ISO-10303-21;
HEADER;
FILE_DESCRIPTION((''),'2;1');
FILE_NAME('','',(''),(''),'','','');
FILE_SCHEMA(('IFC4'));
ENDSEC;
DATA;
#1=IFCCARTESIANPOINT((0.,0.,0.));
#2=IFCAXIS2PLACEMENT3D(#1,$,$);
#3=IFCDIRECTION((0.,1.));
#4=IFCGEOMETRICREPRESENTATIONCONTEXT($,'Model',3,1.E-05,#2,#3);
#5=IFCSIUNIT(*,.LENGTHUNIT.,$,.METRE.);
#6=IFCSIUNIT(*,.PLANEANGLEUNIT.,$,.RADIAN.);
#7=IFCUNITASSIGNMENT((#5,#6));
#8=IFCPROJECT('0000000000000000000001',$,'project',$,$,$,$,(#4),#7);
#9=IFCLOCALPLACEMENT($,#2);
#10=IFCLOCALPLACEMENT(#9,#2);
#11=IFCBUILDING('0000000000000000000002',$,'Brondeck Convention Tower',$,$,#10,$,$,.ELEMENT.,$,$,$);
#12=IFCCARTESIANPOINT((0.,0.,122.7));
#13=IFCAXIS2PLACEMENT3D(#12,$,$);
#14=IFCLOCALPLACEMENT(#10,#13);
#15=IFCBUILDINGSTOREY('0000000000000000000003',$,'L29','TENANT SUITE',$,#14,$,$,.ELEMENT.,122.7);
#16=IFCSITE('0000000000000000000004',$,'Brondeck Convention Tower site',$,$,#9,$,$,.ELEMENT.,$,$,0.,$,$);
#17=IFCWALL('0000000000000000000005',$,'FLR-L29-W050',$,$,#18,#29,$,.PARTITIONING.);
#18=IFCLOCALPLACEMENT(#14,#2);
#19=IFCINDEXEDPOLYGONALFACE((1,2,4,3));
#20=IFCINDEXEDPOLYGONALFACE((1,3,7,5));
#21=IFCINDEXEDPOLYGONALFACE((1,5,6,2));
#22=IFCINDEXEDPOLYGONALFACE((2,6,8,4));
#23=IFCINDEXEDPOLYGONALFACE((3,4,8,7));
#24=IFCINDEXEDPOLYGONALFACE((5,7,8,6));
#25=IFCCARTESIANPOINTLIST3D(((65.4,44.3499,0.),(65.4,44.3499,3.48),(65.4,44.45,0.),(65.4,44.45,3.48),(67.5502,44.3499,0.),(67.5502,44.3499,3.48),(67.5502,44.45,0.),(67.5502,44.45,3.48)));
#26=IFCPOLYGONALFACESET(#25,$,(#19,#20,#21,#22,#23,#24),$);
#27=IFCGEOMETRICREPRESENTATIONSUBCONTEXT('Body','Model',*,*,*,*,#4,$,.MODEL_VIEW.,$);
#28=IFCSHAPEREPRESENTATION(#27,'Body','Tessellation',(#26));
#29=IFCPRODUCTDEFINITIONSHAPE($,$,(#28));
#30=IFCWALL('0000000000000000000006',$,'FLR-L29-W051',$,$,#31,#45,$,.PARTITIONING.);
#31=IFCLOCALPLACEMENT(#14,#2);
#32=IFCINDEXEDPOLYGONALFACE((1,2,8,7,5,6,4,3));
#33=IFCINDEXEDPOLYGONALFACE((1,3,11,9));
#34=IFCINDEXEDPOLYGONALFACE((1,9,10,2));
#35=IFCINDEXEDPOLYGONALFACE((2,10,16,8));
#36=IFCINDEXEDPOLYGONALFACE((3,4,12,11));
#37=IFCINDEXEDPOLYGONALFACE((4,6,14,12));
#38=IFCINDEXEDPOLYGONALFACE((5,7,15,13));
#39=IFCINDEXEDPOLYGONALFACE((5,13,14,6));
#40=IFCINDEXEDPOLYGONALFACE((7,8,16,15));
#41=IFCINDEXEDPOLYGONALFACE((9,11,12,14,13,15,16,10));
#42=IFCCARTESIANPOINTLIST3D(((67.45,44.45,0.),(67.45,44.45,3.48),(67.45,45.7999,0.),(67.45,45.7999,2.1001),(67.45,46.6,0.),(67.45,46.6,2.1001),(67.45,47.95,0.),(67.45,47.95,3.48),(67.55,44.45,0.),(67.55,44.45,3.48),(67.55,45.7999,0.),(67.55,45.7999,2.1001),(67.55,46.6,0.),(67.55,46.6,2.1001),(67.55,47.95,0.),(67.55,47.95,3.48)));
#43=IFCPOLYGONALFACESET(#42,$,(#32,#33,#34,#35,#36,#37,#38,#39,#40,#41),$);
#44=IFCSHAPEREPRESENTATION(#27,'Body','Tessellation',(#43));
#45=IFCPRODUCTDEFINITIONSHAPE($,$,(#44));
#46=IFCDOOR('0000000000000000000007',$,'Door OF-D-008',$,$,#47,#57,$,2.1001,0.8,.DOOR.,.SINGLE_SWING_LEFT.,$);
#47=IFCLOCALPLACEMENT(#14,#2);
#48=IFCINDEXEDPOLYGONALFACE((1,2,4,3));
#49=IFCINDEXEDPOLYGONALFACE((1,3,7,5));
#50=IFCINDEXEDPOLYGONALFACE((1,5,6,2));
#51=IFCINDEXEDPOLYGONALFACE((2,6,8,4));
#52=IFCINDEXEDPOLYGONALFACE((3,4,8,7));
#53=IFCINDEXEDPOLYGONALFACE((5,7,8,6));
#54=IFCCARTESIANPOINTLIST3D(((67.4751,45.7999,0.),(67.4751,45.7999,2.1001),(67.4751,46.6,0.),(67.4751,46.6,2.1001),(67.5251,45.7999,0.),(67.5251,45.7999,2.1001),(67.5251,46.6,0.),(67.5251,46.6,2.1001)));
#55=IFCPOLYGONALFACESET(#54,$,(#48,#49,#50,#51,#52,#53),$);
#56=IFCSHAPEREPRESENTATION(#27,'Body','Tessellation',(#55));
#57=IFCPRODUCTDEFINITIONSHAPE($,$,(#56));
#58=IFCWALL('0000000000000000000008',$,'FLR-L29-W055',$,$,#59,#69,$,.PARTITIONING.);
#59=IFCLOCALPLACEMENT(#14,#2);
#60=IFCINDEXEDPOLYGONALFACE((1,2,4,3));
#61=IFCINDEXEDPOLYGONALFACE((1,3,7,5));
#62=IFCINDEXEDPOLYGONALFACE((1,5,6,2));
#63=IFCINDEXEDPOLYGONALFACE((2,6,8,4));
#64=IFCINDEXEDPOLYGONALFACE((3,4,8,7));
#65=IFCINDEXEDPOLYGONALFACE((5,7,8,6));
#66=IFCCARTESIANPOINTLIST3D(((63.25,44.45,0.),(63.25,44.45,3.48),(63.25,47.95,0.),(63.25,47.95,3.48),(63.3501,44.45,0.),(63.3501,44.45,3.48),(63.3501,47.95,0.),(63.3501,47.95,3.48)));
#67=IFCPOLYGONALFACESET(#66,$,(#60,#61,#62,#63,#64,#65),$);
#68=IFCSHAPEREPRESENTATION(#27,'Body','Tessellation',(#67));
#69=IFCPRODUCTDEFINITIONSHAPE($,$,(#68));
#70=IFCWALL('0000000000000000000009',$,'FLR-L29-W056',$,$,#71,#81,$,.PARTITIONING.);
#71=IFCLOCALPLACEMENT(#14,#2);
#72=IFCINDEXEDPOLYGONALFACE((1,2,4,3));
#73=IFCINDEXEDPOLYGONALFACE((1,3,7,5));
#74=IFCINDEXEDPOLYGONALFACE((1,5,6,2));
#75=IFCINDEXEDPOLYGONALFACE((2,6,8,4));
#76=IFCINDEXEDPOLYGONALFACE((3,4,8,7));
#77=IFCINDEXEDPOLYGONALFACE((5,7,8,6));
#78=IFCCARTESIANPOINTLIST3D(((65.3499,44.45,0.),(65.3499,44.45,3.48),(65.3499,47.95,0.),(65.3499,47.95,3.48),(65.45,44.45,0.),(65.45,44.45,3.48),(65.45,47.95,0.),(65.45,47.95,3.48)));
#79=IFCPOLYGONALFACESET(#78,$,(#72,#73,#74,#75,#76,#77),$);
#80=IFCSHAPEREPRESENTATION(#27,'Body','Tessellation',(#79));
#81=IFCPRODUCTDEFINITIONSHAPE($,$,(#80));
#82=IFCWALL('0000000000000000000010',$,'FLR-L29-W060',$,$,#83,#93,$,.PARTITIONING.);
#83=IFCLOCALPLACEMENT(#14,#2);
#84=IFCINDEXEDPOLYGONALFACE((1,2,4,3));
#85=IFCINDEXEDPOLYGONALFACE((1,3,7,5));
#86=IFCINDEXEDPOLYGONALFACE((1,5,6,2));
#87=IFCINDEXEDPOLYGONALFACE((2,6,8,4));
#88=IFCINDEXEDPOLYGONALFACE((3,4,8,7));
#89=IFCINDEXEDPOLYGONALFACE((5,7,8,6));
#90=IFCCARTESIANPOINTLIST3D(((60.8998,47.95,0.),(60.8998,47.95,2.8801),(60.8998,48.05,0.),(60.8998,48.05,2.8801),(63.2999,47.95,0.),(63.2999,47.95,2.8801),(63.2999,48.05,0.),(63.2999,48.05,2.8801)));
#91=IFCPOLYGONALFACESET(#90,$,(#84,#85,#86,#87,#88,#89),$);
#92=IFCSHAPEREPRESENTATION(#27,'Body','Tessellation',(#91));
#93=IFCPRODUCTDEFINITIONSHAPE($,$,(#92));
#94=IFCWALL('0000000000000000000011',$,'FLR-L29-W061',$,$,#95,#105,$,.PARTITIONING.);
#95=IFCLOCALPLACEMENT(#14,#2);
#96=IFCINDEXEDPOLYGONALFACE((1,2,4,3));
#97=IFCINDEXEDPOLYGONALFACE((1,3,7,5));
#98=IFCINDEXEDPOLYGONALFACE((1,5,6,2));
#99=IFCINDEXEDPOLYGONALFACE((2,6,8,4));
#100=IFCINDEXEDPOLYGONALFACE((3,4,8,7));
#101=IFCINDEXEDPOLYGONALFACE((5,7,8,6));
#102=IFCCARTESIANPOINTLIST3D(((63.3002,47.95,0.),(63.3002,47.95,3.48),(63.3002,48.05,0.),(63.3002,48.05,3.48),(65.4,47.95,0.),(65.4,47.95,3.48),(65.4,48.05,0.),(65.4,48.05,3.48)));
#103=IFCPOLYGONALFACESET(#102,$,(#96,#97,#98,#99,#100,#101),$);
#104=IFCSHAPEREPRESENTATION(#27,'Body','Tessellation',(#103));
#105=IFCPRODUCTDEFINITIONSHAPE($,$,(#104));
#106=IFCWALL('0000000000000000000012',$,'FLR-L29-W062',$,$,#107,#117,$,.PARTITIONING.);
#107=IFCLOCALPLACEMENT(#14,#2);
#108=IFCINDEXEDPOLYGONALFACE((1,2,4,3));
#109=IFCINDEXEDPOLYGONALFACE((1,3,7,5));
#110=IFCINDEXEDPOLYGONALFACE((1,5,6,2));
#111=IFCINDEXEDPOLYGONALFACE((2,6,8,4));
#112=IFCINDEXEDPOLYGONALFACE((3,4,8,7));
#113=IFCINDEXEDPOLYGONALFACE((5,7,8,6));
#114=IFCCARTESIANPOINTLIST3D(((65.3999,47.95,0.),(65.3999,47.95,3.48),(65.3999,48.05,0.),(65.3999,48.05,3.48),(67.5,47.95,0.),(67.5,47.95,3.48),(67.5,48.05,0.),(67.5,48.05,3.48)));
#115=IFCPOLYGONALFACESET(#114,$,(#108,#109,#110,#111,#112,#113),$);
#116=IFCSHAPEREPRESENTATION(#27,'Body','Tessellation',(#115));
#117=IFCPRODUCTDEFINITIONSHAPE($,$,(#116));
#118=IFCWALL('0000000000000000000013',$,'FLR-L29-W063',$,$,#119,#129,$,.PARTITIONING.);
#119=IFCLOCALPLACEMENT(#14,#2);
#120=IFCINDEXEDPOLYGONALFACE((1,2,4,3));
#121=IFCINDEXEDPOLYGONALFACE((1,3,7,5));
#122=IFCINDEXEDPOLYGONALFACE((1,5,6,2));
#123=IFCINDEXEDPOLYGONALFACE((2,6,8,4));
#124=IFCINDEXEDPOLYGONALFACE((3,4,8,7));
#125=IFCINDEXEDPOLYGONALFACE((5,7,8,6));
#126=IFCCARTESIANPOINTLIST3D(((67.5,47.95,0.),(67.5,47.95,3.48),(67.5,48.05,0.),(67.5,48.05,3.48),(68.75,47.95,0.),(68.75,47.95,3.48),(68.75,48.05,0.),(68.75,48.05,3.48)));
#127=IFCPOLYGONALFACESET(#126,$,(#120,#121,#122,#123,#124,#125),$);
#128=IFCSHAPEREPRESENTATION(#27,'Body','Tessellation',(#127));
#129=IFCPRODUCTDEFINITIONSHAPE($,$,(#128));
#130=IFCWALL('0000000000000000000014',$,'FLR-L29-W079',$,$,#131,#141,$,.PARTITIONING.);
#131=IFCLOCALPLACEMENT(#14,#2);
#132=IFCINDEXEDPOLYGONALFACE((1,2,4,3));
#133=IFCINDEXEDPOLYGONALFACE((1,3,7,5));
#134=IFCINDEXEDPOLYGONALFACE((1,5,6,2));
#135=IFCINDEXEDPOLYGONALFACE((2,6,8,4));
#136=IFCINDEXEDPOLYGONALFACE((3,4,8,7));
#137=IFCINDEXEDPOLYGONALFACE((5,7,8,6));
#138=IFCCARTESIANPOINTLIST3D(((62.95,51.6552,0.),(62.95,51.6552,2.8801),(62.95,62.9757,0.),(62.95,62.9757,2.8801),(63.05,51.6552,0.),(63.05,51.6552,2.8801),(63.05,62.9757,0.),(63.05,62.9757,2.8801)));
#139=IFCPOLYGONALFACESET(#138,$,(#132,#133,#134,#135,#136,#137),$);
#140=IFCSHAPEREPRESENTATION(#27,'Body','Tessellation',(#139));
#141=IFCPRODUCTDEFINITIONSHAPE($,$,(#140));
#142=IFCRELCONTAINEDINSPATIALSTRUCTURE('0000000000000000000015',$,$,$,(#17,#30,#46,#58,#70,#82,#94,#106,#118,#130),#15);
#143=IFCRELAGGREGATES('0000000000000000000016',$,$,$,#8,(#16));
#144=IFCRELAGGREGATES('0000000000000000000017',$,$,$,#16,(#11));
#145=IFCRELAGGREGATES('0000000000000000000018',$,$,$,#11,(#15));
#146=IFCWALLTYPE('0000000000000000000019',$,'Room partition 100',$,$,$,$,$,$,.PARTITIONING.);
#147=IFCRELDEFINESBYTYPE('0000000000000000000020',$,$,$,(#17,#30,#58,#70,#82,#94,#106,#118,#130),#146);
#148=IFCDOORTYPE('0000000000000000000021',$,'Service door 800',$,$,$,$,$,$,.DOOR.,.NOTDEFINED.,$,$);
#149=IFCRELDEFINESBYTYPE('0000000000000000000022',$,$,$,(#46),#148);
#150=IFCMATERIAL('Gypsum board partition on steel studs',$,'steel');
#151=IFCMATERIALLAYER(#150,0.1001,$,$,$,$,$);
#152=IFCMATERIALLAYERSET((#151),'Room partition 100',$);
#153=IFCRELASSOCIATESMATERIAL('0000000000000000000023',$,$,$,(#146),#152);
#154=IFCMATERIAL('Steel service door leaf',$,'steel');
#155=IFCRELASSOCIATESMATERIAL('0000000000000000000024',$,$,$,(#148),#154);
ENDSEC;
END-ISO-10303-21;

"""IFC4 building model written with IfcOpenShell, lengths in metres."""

from ifc_helpers import new_model, si_unit, direction, frame, frame_2d, origin, place, context, subcontext, project, spatial, rectangle, extrude, material, layer, layer_set, type_object, element, fill, save


model = new_model("IFC4")

# Units and contexts
model_context = context("Model", 3, precision=1e-05, world=origin(), true_north=direction((0.0, 1.0)))
body_context = subcontext(model_context, "Body", "Model", "MODEL_VIEW")
ifc_project = project(units=[si_unit("LENGTHUNIT", "METRE"), si_unit("PLANEANGLEUNIT", "RADIAN")], contexts=[model_context])

# Site, building, storey
site_placement = place(None, origin())
site = spatial("IfcSite", under=ifc_project, at=site_placement, Name="Brondeck Convention Tower site", CompositionType="ELEMENT", RefElevation=0.0)
building_placement = place(site_placement, origin())
building = spatial("IfcBuilding", under=site, at=building_placement, Name="Brondeck Convention Tower", CompositionType="ELEMENT")
storey_placement = place(building_placement, frame((0.0, 0.0, 122.7)))
storey = spatial("IfcBuildingStorey", under=building, at=storey_placement, Name="L29", Description="TENANT SUITE", CompositionType="ELEMENT", Elevation=122.7)

# Wall
ifc_material_1 = material(Name="Gypsum board partition on steel studs", Category="steel")
ifc_layer_1 = layer(ifc_material_1, 0.1001)
ifc_layer_set_1 = layer_set([ifc_layer_1], Name="Room partition 100")
wall_type_1 = type_object("IfcWallType", Name="Room partition 100", PredefinedType="PARTITIONING", material=ifc_layer_set_1)
wall_1_placement = place(storey_placement, frame((65.3999, 44.3999, 0.0), z_axis=(0.0, 0.0, 1.0), x_axis=(1.0, 0.0, 0.0)))
element("IfcWall", 1, at=wall_1_placement, inside=storey, type_object=wall_type_1, Name="FLR-L29-W050", PredefinedType="PARTITIONING", context=body_context, shape_type="SweptSolid", body=[
    extrude(rectangle(XDim=2.1501, YDim=0.1001, at=frame_2d((1.0752, 0.0))), origin(), (0.0, 0.0, 1.0), 3.48),
])

# Wall, opening, door
wall_2_placement = place(storey_placement, frame((67.5, 44.45, 0.0), z_axis=(0.0, 0.0, 1.0), x_axis=(0.0, 1.0, 0.0)))
wall_2 = element("IfcWall", 2, at=wall_2_placement, inside=storey, type_object=wall_type_1, Name="FLR-L29-W051", PredefinedType="PARTITIONING", context=body_context, shape_type="SweptSolid", body=[
    extrude(rectangle(XDim=3.5, YDim=0.1001, at=frame_2d((1.75, 0.0))), origin(), (0.0, 0.0, 1.0), 3.48),
])
opening_1_placement = place(wall_2_placement, frame((1.3501, 0.0, 0.0)))
opening_1 = element("IfcOpeningElement", 3, at=opening_1_placement, cuts=wall_2, PredefinedType="OPENING", context=body_context, shape_type="SweptSolid", body=[
    extrude(rectangle(XDim=0.8, YDim=2.1001, at=frame_2d((0.3999, 1.05))), frame((0.0, 0.0601, 0.0), z_axis=(0.0, -1.0, 0.0), x_axis=(1.0, 0.0, 0.0)), (0.0, 0.0, 1.0), 0.1201),
])
ifc_material_2 = material(Name="Steel service door leaf", Category="steel")
door_type = type_object("IfcDoorType", Name="Service door 800", OperationType="NOTDEFINED", PredefinedType="DOOR", material=ifc_material_2)
door_placement = place(opening_1_placement, origin())
door = element("IfcDoor", 4, at=door_placement, inside=storey, type_object=door_type, Name="Door OF-D-008", OperationType="SINGLE_SWING_LEFT", OverallHeight=2.1001, OverallWidth=0.8, PredefinedType="DOOR", context=body_context, shape_type="SweptSolid", body=[
    extrude(rectangle(XDim=0.8, YDim=2.1001, at=frame_2d((0.3999, 1.05))), frame((0.0, 0.0249, 0.0), z_axis=(0.0, -1.0, 0.0), x_axis=(1.0, 0.0, 0.0)), (0.0, 0.0, 1.0), 0.05),
])
fill(opening_1, door)

# Walls
for number, where, z_axis, x_axis, name in (
    (5, (63.3, 47.95, 0.0), (0.0, 0.0, 1.0), (0.0, -1.0, 0.0), "FLR-L29-W055"),
    (6, (65.3999, 47.95, 0.0), (0.0, 0.0, 1.0), (0.0, -1.0, 0.0), "FLR-L29-W056"),
):
    element("IfcWall", number, at=place(storey_placement, frame(where, z_axis=z_axis, x_axis=x_axis)), inside=storey, type_object=wall_type_1, Name=name, PredefinedType="PARTITIONING", context=body_context, shape_type="SweptSolid", body=[
        extrude(rectangle(XDim=3.5, YDim=0.1001, at=frame_2d((1.75, 0.0))), origin(), (0.0, 0.0, 1.0), 3.48),
    ])
wall_3_placement = place(storey_placement, frame((63.3, 48.0, 0.0), z_axis=(0.0, 0.0, 1.0), x_axis=(-1.0, 0.0, 0.0)))
element("IfcWall", 7, at=wall_3_placement, inside=storey, type_object=wall_type_1, Name="FLR-L29-W060", PredefinedType="PARTITIONING", context=body_context, shape_type="SweptSolid", body=[
    extrude(rectangle(XDim=2.4001, YDim=0.1001, at=frame_2d((1.2002, 0.0))), origin(), (0.0, 0.0, 1.0), 2.8801),
])
wall_4_placement = place(storey_placement, frame((65.3999, 48.0, 0.0), z_axis=(0.0, 0.0, 1.0), x_axis=(-1.0, 0.0, 0.0)))
element("IfcWall", 8, at=wall_4_placement, inside=storey, type_object=wall_type_1, Name="FLR-L29-W061", PredefinedType="PARTITIONING", context=body_context, shape_type="SweptSolid", body=[
    extrude(rectangle(XDim=2.0999, YDim=0.1001, at=frame_2d((1.0498, 0.0))), origin(), (0.0, 0.0, 1.0), 3.48),
])
wall_5_placement = place(storey_placement, frame((67.5, 48.0, 0.0), z_axis=(0.0, 0.0, 1.0), x_axis=(-1.0, 0.0, 0.0)))
element("IfcWall", 9, at=wall_5_placement, inside=storey, type_object=wall_type_1, Name="FLR-L29-W062", PredefinedType="PARTITIONING", context=body_context, shape_type="SweptSolid", body=[
    extrude(rectangle(XDim=2.1001, YDim=0.1001, at=frame_2d((1.05, 0.0))), origin(), (0.0, 0.0, 1.0), 3.48),
])
wall_6_placement = place(storey_placement, frame((68.75, 48.0, 0.0), z_axis=(0.0, 0.0, 1.0), x_axis=(-1.0, 0.0, 0.0)))
element("IfcWall", 10, at=wall_6_placement, inside=storey, type_object=wall_type_1, Name="FLR-L29-W063", PredefinedType="PARTITIONING", context=body_context, shape_type="SweptSolid", body=[
    extrude(rectangle(XDim=1.25, YDim=0.1001, at=frame_2d((0.625, 0.0))), origin(), (0.0, 0.0, 1.0), 3.48),
])
wall_7_placement = place(storey_placement, frame((63.0, 62.9756, 0.0), z_axis=(0.0, 0.0, 1.0), x_axis=(0.0, -1.0, 0.0)))
element("IfcWall", 11, at=wall_7_placement, inside=storey, type_object=wall_type_1, Name="FLR-L29-W079", PredefinedType="PARTITIONING", context=body_context, shape_type="SweptSolid", body=[
    extrude(rectangle(XDim=11.3206, YDim=0.1001, at=frame_2d((5.6602, 0.0))), origin(), (0.0, 0.0, 1.0), 2.8801),
])

save(model, "model.ifc")
